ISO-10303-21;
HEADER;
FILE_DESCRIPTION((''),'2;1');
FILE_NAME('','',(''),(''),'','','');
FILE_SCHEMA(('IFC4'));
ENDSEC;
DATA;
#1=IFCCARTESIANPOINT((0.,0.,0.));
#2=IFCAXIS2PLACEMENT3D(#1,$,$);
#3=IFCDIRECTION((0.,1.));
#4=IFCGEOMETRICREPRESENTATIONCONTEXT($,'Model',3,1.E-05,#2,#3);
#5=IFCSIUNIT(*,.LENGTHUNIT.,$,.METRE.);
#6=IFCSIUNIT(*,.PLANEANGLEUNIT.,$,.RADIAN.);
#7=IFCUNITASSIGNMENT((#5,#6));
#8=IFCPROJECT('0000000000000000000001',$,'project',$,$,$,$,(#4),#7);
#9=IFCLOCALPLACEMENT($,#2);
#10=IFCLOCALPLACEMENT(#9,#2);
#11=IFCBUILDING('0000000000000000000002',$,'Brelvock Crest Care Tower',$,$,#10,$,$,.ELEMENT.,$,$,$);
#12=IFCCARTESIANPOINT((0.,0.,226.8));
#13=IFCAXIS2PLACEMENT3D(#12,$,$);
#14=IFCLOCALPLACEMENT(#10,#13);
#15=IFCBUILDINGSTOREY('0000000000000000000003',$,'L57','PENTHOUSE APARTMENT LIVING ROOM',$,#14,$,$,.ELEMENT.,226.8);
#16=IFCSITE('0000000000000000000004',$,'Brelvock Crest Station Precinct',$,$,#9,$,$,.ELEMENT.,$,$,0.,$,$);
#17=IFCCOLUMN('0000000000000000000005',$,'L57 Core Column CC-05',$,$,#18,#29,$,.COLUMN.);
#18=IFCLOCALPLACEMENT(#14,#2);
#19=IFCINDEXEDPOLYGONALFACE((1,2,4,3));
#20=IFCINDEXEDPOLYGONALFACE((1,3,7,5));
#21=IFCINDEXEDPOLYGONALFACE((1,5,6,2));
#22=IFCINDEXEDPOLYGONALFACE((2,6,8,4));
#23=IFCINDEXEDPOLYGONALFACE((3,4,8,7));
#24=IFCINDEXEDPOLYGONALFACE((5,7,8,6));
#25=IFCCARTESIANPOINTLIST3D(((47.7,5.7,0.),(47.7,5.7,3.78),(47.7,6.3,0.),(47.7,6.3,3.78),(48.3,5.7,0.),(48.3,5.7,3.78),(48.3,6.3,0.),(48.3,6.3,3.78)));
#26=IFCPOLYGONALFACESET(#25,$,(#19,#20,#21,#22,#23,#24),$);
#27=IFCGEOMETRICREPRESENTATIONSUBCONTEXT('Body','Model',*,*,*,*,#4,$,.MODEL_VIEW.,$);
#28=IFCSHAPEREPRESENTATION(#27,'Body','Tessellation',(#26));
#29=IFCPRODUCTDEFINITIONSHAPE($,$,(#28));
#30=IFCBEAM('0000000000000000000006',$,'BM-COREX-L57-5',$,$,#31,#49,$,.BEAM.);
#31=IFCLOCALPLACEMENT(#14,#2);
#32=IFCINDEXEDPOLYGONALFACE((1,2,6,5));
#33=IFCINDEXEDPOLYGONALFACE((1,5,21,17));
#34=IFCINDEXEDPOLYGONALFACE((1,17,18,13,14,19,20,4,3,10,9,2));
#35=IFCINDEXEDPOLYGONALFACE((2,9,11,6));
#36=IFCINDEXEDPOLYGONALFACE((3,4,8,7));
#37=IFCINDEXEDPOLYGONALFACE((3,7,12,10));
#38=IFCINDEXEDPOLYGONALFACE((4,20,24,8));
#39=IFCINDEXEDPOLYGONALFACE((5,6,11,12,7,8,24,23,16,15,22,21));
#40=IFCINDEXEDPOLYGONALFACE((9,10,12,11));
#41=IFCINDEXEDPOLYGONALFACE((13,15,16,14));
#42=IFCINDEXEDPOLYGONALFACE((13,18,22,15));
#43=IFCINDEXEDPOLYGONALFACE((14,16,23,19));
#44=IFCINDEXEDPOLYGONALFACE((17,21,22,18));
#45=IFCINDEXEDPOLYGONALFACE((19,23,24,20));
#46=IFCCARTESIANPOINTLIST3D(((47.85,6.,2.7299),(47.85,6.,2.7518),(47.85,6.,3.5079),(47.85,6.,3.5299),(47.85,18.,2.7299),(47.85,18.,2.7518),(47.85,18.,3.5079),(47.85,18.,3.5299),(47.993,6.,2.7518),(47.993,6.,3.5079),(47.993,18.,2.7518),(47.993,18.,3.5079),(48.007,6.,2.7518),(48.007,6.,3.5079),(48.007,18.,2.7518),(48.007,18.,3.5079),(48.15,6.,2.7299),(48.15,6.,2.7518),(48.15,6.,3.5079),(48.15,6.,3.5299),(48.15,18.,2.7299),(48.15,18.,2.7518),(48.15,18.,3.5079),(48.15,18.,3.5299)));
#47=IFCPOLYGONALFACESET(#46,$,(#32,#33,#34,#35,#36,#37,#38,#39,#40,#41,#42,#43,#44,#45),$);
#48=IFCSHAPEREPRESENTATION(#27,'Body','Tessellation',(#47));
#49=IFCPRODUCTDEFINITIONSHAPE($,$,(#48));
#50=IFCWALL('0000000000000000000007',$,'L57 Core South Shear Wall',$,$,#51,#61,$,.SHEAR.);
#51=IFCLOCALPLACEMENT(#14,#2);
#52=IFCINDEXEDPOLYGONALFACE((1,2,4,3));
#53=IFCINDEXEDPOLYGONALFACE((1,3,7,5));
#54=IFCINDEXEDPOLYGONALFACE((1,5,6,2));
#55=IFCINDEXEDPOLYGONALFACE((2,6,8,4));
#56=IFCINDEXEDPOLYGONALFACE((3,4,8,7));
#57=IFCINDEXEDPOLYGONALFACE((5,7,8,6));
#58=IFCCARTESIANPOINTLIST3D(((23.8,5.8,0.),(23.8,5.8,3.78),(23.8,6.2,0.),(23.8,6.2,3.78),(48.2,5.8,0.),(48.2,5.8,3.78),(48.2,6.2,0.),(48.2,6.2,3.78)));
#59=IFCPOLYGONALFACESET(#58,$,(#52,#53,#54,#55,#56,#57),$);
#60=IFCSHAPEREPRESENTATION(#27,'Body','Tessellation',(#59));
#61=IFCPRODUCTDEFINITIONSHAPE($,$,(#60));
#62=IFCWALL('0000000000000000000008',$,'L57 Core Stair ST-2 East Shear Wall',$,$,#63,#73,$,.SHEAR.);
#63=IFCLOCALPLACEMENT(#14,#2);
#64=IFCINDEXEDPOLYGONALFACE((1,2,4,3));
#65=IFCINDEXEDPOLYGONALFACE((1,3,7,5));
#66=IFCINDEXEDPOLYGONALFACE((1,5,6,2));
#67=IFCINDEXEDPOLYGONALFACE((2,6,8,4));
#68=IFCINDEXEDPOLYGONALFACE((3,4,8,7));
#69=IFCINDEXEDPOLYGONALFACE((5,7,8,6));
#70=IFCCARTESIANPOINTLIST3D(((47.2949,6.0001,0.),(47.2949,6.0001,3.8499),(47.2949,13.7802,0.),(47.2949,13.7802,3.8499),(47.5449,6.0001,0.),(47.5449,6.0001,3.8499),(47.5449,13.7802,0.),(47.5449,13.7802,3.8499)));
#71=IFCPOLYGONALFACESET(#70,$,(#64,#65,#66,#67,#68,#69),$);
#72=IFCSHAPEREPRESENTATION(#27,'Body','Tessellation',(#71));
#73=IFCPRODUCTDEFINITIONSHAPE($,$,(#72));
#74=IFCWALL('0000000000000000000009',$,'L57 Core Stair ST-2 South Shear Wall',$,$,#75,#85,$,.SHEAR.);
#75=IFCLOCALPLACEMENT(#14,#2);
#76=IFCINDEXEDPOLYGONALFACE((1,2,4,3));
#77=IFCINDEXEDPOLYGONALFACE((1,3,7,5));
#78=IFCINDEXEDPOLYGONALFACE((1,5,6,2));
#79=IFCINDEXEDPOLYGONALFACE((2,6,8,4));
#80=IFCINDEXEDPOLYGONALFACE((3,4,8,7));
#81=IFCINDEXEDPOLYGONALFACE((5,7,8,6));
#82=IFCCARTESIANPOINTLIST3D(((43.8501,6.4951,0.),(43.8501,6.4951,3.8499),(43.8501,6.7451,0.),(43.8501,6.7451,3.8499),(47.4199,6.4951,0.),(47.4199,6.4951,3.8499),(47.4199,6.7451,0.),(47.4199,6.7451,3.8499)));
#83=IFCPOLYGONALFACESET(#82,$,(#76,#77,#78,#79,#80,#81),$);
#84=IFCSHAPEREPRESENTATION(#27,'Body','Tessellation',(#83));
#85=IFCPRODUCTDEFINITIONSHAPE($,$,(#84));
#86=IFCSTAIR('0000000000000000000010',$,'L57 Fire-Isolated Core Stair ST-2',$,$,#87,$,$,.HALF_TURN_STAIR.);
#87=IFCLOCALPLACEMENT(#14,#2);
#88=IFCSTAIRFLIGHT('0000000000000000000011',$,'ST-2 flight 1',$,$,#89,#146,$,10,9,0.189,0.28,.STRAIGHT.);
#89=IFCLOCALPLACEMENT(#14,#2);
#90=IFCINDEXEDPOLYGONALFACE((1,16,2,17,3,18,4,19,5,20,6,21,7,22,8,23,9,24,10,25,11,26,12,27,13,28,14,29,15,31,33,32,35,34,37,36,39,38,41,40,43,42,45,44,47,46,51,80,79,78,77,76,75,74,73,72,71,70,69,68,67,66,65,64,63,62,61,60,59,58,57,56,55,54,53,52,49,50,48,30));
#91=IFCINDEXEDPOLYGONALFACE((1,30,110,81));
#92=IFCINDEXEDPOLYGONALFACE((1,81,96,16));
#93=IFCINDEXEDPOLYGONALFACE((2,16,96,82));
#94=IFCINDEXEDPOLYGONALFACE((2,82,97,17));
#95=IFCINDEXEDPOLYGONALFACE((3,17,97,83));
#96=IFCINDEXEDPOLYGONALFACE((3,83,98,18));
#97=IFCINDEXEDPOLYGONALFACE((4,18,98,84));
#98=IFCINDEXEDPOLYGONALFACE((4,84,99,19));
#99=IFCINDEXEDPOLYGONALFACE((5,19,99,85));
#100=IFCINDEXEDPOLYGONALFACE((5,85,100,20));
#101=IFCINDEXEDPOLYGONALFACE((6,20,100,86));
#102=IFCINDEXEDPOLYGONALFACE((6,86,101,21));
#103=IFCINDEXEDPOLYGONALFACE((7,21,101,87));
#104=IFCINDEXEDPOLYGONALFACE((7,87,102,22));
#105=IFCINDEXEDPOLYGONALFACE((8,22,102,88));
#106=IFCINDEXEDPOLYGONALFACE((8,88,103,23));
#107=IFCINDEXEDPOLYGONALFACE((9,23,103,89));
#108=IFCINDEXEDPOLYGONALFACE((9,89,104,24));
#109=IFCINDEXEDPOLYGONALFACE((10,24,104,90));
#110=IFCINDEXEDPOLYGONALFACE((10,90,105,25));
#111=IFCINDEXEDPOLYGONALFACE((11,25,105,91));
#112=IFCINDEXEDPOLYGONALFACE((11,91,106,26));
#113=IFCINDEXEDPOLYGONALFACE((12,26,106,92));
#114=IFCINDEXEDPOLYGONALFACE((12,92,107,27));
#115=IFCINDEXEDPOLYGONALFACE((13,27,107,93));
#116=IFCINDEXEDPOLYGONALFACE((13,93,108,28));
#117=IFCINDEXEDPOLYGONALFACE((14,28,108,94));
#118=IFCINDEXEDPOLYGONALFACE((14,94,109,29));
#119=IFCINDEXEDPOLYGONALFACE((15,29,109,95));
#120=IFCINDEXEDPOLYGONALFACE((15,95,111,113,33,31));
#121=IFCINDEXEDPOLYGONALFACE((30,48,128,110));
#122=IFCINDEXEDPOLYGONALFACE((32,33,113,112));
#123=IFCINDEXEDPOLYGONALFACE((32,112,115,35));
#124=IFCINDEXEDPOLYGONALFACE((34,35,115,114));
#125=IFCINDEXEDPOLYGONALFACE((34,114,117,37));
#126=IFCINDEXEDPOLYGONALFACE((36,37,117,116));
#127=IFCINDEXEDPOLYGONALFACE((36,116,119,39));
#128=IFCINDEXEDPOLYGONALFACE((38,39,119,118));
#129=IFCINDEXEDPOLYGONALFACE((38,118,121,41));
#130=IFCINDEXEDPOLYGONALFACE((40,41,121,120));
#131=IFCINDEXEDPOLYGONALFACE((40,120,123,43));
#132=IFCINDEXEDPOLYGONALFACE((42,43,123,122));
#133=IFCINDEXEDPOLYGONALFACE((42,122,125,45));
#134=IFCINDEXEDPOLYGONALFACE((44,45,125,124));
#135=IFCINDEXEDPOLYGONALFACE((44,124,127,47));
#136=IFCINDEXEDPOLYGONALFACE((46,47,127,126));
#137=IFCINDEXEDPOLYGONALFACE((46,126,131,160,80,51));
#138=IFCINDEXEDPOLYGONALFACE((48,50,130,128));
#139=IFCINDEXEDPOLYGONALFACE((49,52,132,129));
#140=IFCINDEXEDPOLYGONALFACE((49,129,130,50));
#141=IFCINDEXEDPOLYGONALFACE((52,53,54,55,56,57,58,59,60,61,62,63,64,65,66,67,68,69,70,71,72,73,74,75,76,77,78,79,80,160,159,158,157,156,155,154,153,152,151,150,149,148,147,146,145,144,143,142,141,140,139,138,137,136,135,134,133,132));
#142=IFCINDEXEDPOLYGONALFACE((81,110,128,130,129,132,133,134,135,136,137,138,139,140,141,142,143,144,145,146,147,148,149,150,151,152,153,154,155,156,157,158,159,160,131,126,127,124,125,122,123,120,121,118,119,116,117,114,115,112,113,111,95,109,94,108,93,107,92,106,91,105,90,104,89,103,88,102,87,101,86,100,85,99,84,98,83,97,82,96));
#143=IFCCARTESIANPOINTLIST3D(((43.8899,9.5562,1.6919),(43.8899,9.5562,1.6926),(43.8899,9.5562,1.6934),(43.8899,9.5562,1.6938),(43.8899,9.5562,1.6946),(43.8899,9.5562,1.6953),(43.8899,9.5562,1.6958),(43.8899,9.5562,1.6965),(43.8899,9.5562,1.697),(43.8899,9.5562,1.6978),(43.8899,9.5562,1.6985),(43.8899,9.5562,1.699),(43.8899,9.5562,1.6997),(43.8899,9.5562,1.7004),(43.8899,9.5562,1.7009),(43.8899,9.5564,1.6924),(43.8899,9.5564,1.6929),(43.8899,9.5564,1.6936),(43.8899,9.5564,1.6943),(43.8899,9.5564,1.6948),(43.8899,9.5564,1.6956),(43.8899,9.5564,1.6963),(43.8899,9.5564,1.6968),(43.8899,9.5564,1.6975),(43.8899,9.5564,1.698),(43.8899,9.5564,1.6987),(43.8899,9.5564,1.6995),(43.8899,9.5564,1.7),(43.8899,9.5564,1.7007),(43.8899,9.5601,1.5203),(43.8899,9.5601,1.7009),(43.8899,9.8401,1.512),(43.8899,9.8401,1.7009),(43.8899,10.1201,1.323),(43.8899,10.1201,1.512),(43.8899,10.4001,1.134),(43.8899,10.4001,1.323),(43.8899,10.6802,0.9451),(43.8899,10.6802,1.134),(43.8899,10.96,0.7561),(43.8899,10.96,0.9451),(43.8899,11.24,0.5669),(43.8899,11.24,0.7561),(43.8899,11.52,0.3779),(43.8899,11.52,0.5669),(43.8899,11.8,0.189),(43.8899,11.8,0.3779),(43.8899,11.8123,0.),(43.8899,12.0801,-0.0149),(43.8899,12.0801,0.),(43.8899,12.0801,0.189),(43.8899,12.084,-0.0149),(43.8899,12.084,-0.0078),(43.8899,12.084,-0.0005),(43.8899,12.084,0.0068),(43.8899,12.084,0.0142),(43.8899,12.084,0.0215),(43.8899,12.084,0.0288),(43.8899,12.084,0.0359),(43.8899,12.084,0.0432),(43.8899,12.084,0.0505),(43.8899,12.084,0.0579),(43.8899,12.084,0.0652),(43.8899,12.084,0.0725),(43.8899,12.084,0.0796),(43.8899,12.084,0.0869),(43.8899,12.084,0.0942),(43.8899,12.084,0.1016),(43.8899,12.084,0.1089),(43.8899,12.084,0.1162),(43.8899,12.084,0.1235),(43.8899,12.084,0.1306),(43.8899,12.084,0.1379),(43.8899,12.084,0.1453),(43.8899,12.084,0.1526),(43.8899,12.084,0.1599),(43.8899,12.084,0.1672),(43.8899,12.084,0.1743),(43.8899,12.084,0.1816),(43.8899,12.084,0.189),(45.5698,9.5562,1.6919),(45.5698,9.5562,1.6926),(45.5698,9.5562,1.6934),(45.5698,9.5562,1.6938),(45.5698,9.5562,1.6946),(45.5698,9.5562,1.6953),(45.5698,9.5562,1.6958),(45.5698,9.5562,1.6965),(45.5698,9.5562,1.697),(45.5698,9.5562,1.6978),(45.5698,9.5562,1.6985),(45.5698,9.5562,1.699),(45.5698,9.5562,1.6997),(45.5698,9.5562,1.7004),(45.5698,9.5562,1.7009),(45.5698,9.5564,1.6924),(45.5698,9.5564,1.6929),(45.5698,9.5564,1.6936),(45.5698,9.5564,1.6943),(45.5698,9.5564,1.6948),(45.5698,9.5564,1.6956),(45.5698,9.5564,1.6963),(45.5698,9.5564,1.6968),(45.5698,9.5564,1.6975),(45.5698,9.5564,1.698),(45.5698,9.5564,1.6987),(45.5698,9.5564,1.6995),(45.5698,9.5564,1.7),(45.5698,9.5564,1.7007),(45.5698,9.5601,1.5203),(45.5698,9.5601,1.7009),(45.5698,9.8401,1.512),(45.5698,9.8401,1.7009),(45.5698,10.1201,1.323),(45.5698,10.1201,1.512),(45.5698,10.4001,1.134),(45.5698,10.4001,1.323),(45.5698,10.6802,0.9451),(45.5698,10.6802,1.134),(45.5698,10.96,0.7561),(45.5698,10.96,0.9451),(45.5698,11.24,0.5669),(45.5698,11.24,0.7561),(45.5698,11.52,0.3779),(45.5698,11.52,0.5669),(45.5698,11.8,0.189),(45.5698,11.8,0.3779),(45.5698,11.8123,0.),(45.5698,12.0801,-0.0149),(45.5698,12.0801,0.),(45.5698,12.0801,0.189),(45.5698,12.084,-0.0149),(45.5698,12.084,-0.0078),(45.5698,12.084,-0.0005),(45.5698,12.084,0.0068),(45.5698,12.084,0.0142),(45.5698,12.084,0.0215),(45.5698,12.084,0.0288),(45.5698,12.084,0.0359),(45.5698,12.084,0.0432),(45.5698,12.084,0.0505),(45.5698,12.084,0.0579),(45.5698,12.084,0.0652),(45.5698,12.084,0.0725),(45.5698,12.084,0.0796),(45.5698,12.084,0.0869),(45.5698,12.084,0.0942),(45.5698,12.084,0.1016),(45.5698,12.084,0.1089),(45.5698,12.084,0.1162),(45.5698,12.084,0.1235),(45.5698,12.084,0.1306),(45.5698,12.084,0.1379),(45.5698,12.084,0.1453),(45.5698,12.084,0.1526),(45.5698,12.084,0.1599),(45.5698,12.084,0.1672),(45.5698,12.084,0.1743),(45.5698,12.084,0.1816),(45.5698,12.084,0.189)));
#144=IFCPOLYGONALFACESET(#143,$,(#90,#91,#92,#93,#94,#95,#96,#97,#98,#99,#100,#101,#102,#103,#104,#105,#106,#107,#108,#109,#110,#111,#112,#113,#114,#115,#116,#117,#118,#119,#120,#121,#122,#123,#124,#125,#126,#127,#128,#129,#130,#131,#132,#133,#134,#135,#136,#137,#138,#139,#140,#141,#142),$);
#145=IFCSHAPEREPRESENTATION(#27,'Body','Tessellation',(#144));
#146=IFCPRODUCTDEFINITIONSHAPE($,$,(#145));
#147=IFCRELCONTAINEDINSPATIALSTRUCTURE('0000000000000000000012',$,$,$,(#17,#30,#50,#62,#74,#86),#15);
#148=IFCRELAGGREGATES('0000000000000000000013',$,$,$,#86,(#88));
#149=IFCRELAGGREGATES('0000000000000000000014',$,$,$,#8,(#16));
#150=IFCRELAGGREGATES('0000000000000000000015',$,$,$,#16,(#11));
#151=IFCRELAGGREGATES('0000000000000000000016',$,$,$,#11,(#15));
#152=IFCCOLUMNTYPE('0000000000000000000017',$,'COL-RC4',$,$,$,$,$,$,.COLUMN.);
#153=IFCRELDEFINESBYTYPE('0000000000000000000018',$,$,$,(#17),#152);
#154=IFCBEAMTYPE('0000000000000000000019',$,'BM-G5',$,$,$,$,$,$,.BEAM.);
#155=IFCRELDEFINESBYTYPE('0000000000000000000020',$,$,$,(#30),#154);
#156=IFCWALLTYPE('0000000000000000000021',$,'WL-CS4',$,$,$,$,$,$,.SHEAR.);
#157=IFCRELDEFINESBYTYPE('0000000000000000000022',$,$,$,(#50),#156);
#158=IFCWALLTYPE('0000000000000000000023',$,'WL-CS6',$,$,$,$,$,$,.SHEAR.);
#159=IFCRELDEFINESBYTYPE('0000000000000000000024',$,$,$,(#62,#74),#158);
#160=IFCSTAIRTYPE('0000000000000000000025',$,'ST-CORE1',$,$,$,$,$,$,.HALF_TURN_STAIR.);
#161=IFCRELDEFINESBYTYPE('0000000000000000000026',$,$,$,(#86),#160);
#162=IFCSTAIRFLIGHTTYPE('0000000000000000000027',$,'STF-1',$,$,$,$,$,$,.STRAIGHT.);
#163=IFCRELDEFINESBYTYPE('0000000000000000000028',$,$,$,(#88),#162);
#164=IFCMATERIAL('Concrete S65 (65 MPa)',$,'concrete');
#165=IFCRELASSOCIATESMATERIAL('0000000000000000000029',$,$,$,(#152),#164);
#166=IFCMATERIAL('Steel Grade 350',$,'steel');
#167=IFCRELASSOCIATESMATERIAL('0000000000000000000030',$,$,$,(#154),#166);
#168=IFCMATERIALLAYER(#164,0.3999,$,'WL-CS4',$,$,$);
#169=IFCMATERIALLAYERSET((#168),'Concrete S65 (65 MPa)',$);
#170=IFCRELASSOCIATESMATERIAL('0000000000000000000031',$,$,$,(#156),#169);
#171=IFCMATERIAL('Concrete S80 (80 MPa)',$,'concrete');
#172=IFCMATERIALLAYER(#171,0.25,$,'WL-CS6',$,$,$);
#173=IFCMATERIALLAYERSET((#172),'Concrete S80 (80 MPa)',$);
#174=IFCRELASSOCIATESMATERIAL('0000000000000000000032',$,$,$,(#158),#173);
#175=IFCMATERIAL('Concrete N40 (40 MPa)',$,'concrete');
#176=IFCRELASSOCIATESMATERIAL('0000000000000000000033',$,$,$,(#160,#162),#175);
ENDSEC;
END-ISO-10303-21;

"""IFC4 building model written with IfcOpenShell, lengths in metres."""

from ifc_helpers import new_model, si_unit, direction, frame, frame_2d, origin, origin_2d, place, context, subcontext, project, spatial, polyline, rectangle, i_section, outline, extrude, source, transform, mapped, material, layer, layer_set, material_profile, profile_set, type_object, element, aggregate, save


model = new_model("IFC4")

# Units and contexts
model_context = context("Model", 3, precision=1e-05, world=origin(), true_north=direction((0.0, 1.0)))
body_context = subcontext(model_context, "Body", "Model", "MODEL_VIEW")
ifc_project = project(units=[si_unit("LENGTHUNIT", "METRE"), si_unit("PLANEANGLEUNIT", "RADIAN")], contexts=[model_context])

# Site, building, storey
site_placement = place(None, origin())
site = spatial("IfcSite", under=ifc_project, at=site_placement, Name="Brelvock Crest Station Precinct", CompositionType="ELEMENT", RefElevation=0.0)
building_placement = place(site_placement, origin())
building = spatial("IfcBuilding", under=site, at=building_placement, Name="Brelvock Crest Care Tower", CompositionType="ELEMENT")
storey_placement = place(building_placement, frame((0.0, 0.0, 226.8)))
storey = spatial("IfcBuildingStorey", under=building, at=storey_placement, Name="L57", Description="PENTHOUSE APARTMENT LIVING ROOM", CompositionType="ELEMENT", Elevation=226.8)

# Column
ifc_material_1 = material(Name="Concrete S65 (65 MPa)", Category="concrete")
ifc_material_profile_1 = material_profile(ifc_material_1, rectangle(XDim=0.6001, YDim=0.6001, at=origin_2d()), Name="RC600x600")
ifc_profile_set_1 = profile_set([ifc_material_profile_1], Name="Concrete S65 (65 MPa)")
column_type = type_object("IfcColumnType", Name="COL-RC4", PredefinedType="COLUMN", material=ifc_profile_set_1)
shared_shape_1 = source(origin(), body_context, "Body", "SweptSolid", [
    extrude(rectangle(XDim=0.6001, YDim=0.6001, at=origin_2d()), origin(), (0.0, 0.0, 1.0), 3.78),
])
column_placement = place(storey_placement, frame((48.0, 6.0, 0.0), z_axis=(0.0, 0.0, 1.0), x_axis=(1.0, 0.0, 0.0)))
element("IfcColumn", 1, at=column_placement, inside=storey, type_object=column_type, Name="L57 Core Column CC-05", PredefinedType="COLUMN", context=body_context, shape_type="MappedRepresentation", body=[
    mapped(shared_shape_1, transform((0.0, 0.0, 0.0), x_axis=(1.0, 0.0, 0.0), y_axis=(0.0, 1.0, 0.0), z_axis=(0.0, 0.0, 1.0), scale=1.0)),
])

# Beam
ifc_material_2 = material(Name="Steel Grade 350", Category="steel")
ifc_material_profile_2 = material_profile(ifc_material_2, i_section(OverallWidth=0.3, OverallDepth=0.8, WebThickness=0.0139, FlangeThickness=0.022, at=origin_2d()), Name="800WB192")
ifc_profile_set_2 = profile_set([ifc_material_profile_2], Name="Steel Grade 350")
beam_type = type_object("IfcBeamType", Name="BM-G5", PredefinedType="BEAM", material=ifc_profile_set_2)
shared_shape_2 = source(origin(), body_context, "Body", "SweptSolid", [
    extrude(i_section(OverallWidth=0.3, OverallDepth=0.8, WebThickness=0.0139, FlangeThickness=0.022, at=origin_2d()), origin(), (0.0, 0.0, 1.0), 12.0),
])
beam_placement = place(storey_placement, frame((48.0, 6.0, 3.1299), z_axis=(0.0, 1.0, 0.0), x_axis=(-1.0, 0.0, 0.0)))
element("IfcBeam", 2, at=beam_placement, inside=storey, type_object=beam_type, Name="BM-COREX-L57-5", PredefinedType="BEAM", context=body_context, shape_type="MappedRepresentation", body=[
    mapped(shared_shape_2, transform((0.0, 0.0, 0.0), x_axis=(1.0, 0.0, 0.0), y_axis=(0.0, 1.0, 0.0), z_axis=(0.0, 0.0, 1.0), scale=1.0)),
])

# Walls
ifc_layer_1 = layer(ifc_material_1, 0.3999, Name="WL-CS4")
ifc_layer_set_1 = layer_set([ifc_layer_1], Name="Concrete S65 (65 MPa)")
wall_type_1 = type_object("IfcWallType", Name="WL-CS4", PredefinedType="SHEAR", material=ifc_layer_set_1)
wall_1_placement = place(storey_placement, frame((48.2, 6.0, 0.0), z_axis=(0.0, 0.0, 1.0), x_axis=(-1.0, 0.0, 0.0)))
element("IfcWall", 3, at=wall_1_placement, inside=storey, type_object=wall_type_1, Name="L57 Core South Shear Wall", PredefinedType="SHEAR", context=body_context, shape_type="SweptSolid", body=[
    extrude(rectangle(XDim=24.3999, YDim=0.3999, at=frame_2d((12.2, 0.0))), origin(), (0.0, 0.0, 1.0), 3.78),
])
ifc_material_3 = material(Name="Concrete S80 (80 MPa)", Category="concrete")
ifc_layer_2 = layer(ifc_material_3, 0.25, Name="WL-CS6")
ifc_layer_set_2 = layer_set([ifc_layer_2], Name="Concrete S80 (80 MPa)")
wall_type_2 = type_object("IfcWallType", Name="WL-CS6", PredefinedType="SHEAR", material=ifc_layer_set_2)
wall_2_placement = place(storey_placement, frame((47.4199, 6.0, 0.0), z_axis=(0.0, 0.0, 1.0), x_axis=(0.0, 1.0, 0.0)))
element("IfcWall", 4, at=wall_2_placement, inside=storey, type_object=wall_type_2, Name="L57 Core Stair ST-2 East Shear Wall", PredefinedType="SHEAR", context=body_context, shape_type="SweptSolid", body=[
    extrude(rectangle(XDim=7.78, YDim=0.25, at=frame_2d((3.8901, 0.0))), origin(), (0.0, 0.0, 1.0), 3.8499),
])
wall_3_placement = place(storey_placement, frame((43.8501, 6.6201, 0.0), z_axis=(0.0, 0.0, 1.0), x_axis=(1.0, 0.0, 0.0)))
element("IfcWall", 5, at=wall_3_placement, inside=storey, type_object=wall_type_2, Name="L57 Core Stair ST-2 South Shear Wall", PredefinedType="SHEAR", context=body_context, shape_type="SweptSolid", body=[
    extrude(rectangle(XDim=3.5698, YDim=0.25, at=frame_2d((1.7849, 0.0))), origin(), (0.0, 0.0, 1.0), 3.8499),
])

# Stair, stair flight
ifc_material_4 = material(Name="Concrete N40 (40 MPa)", Category="concrete")
stair_type = type_object("IfcStairType", Name="ST-CORE1", PredefinedType="HALF_TURN_STAIR", material=ifc_material_4)
stair_placement = place(storey_placement, origin())
stair = element("IfcStair", 6, at=stair_placement, inside=storey, type_object=stair_type, Name="L57 Fire-Isolated Core Stair ST-2", PredefinedType="HALF_TURN_STAIR")
stair_flight_type = type_object("IfcStairFlightType", Name="STF-1", PredefinedType="STRAIGHT", material=ifc_material_4)
stair_flight_1_placement = place(storey_placement, frame((44.73, 12.0801, 0.0), z_axis=(0.0, 0.0, 1.0), x_axis=(0.0, -1.0, 0.0)))
stair_flight_1 = element("IfcStairFlight", 7, at=stair_flight_1_placement, type_object=stair_flight_type, Name="ST-2 flight 1", NumberOfRisers=10, NumberOfTreads=9, PredefinedType="STRAIGHT", RiserHeight=0.189, TreadLength=0.28, context=body_context, shape_type="SweptSolid", body=[
    extrude(outline(polyline([(-0.0039, -0.0149), (-0.0039, -0.0078), (-0.0039, -0.0005), (-0.0039, 0.0068), (-0.0039, 0.0142), (-0.0039, 0.0215), (-0.0039, 0.0288), (-0.0039, 0.0359), (-0.0039, 0.0432), (-0.0039, 0.0505), (-0.0039, 0.0579), (-0.0039, 0.0652), (-0.0039, 0.0725), (-0.0039, 0.0796), (-0.0039, 0.0869), (-0.0039, 0.0942), (-0.0039, 0.1016), (-0.0039, 0.1089), (-0.0039, 0.1162), (-0.0039, 0.1235), (-0.0039, 0.1306), (-0.0039, 0.1379), (-0.0039, 0.1453), (-0.0039, 0.1526), (-0.0039, 0.1599), (-0.0039, 0.1672), (-0.0039, 0.1743), (-0.0039, 0.1816), (-0.0039, 0.189), (0.0, 0.189), (0.28, 0.189), (0.28, 0.3779), (0.5601, 0.3779), (0.5601, 0.5669), (0.8401, 0.5669), (0.8401, 0.7561), (1.1201, 0.7561), (1.1201, 0.9451), (1.3999, 0.9451), (1.3999, 1.134), (1.6799, 1.134), (1.6799, 1.323), (1.96, 1.323), (1.96, 1.512), (2.24, 1.512), (2.24, 1.7009), (2.52, 1.7009), (2.5239, 1.7009), (2.5237, 1.7007), (2.5239, 1.7004), (2.5237, 1.7), (2.5239, 1.6997), (2.5237, 1.6995), (2.5239, 1.699), (2.5237, 1.6987), (2.5239, 1.6985), (2.5237, 1.698), (2.5239, 1.6978), (2.5237, 1.6975), (2.5239, 1.697), (2.5237, 1.6968), (2.5239, 1.6965), (2.5237, 1.6963), (2.5239, 1.6958), (2.5237, 1.6956), (2.5239, 1.6953), (2.5237, 1.6948), (2.5239, 1.6946), (2.5237, 1.6943), (2.5239, 1.6938), (2.5237, 1.6936), (2.5239, 1.6934), (2.5237, 1.6929), (2.5239, 1.6926), (2.5237, 1.6924), (2.5239, 1.6919), (2.52, 1.5203), (0.2678, 0.0), (0.0, 0.0), (0.0, -0.0149), (-0.0039, -0.0149)])), frame((0.0, 0.8398, 0.0), z_axis=(0.0, -1.0, 0.0), x_axis=(1.0, 0.0, 0.0)), (0.0, 0.0, 1.0), 1.6799),
])
aggregate(stair, [stair_flight_1])

save(model, "model.ifc")
